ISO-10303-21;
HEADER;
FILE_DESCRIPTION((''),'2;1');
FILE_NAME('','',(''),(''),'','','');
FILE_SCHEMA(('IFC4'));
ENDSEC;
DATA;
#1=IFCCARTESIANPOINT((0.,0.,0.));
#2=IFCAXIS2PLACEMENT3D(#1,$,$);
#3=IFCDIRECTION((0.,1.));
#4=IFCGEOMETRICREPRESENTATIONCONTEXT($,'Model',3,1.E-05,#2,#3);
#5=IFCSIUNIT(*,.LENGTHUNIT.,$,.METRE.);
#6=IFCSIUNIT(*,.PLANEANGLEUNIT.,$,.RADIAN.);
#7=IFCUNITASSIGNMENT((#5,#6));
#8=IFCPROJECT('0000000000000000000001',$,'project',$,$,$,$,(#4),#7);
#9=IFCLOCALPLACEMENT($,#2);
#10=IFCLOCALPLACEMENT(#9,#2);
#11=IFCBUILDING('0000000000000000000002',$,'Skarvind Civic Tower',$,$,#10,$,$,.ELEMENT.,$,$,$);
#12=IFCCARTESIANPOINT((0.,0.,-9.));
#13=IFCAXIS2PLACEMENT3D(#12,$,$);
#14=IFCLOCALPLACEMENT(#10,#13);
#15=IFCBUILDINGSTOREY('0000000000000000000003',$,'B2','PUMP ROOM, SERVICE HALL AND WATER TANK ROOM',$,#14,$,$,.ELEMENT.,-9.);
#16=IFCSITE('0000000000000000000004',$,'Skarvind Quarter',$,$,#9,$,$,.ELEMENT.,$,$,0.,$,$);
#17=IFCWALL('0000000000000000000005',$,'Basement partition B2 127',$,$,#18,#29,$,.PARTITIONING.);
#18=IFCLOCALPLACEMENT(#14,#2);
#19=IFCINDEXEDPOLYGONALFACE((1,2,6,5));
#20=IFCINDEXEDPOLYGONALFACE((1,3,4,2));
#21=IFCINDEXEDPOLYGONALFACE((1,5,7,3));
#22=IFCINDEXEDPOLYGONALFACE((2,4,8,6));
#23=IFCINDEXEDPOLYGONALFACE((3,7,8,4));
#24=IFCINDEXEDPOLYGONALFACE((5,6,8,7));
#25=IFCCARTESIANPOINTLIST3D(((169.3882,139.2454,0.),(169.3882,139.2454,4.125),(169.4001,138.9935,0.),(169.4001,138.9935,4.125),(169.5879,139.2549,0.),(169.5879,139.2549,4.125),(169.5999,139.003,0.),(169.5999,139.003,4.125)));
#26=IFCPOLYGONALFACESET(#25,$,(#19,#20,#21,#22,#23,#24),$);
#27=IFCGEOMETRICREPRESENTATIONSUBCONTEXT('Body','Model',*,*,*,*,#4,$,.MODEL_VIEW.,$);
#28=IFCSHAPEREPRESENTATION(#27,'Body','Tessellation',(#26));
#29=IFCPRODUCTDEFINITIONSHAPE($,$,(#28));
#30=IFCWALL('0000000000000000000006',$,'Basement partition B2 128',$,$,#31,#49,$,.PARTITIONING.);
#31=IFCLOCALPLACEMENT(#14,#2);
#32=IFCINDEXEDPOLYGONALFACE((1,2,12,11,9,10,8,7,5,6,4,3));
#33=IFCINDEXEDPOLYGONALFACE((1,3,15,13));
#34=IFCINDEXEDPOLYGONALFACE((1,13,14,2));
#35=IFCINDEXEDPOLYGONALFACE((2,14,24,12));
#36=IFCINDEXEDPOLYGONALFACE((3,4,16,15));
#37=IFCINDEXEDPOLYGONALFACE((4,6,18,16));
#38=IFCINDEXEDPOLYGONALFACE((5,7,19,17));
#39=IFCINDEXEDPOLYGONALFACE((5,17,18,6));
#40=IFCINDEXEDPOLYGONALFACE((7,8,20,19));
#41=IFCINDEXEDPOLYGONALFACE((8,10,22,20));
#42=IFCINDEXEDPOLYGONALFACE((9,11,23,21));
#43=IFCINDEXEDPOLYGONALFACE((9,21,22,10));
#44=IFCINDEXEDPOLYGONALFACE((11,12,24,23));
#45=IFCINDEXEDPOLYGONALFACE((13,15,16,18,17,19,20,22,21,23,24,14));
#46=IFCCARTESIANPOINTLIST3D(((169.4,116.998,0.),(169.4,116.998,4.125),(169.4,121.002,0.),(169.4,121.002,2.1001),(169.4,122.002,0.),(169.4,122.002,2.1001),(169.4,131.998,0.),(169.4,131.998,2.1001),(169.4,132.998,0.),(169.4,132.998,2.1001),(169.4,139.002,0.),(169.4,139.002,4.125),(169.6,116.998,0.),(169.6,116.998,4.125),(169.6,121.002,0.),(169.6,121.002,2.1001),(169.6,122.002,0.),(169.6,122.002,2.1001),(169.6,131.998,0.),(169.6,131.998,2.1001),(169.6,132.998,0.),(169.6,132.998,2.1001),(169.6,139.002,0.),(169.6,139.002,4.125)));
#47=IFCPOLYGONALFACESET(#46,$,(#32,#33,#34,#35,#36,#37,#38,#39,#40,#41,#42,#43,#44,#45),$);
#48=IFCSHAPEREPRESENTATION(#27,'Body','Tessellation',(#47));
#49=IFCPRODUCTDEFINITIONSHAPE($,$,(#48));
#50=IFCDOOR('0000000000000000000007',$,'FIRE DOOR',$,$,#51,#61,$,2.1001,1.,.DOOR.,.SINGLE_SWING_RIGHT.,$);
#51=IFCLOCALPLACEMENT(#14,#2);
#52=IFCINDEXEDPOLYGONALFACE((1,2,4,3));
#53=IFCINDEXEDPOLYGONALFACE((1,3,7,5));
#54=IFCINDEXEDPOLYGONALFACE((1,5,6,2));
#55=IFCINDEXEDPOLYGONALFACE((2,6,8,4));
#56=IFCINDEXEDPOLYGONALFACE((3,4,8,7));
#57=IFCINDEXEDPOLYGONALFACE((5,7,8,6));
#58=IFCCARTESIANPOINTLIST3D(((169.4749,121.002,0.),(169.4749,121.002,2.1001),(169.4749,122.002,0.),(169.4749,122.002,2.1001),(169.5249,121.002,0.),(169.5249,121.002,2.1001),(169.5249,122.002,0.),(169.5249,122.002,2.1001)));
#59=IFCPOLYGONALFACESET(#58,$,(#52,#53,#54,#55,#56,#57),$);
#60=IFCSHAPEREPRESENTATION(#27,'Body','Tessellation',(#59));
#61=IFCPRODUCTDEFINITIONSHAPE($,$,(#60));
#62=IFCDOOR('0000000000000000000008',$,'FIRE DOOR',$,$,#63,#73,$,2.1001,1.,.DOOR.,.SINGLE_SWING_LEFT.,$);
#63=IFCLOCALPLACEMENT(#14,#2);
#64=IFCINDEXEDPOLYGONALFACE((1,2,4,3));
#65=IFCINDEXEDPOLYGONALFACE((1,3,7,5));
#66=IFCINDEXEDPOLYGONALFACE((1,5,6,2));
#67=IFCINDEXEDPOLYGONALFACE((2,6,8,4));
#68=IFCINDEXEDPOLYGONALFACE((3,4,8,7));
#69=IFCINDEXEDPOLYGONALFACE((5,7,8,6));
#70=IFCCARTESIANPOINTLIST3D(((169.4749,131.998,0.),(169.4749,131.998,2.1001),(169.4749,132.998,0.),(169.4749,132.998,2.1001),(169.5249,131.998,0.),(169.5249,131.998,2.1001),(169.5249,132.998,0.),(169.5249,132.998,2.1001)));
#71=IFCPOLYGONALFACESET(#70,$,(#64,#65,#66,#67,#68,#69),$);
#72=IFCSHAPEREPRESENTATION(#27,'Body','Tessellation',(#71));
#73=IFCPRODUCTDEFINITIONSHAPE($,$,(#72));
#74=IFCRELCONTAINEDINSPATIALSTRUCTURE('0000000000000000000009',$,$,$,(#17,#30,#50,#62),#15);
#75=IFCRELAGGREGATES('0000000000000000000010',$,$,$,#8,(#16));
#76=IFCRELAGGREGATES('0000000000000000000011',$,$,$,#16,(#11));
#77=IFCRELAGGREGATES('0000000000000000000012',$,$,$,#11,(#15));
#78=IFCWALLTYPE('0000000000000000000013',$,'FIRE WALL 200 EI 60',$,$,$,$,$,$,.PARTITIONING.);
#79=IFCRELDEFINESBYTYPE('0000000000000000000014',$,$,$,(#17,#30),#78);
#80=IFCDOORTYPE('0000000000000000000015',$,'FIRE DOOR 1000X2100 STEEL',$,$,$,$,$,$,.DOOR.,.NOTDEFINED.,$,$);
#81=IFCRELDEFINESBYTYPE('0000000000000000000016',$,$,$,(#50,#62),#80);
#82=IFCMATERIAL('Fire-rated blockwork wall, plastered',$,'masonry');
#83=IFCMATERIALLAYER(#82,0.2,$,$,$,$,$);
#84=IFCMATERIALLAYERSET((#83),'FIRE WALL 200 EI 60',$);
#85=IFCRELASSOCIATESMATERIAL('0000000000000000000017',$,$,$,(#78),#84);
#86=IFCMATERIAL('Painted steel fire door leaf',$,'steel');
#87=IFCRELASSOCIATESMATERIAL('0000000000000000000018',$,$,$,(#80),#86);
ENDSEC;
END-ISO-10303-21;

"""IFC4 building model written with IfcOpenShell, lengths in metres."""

from ifc_helpers import new_model, si_unit, direction, frame, frame_2d, origin, place, context, subcontext, project, spatial, rectangle, extrude, material, layer, layer_set, type_object, element, fill, save


model = new_model("IFC4")

# Units and contexts
model_context = context("Model", 3, precision=1e-05, world=origin(), true_north=direction((0.0, 1.0)))
body_context = subcontext(model_context, "Body", "Model", "MODEL_VIEW")
ifc_project = project(units=[si_unit("LENGTHUNIT", "METRE"), si_unit("PLANEANGLEUNIT", "RADIAN")], contexts=[model_context])

# Site, building, storey
site_placement = place(None, origin())
site = spatial("IfcSite", under=ifc_project, at=site_placement, Name="Skarvind Quarter", CompositionType="ELEMENT", RefElevation=0.0)
building_placement = place(site_placement, origin())
building = spatial("IfcBuilding", under=site, at=building_placement, Name="Skarvind Civic Tower", CompositionType="ELEMENT")
storey_placement = place(building_placement, frame((0.0, 0.0, -9.0)))
storey = spatial("IfcBuildingStorey", under=building, at=storey_placement, Name="B2", Description="PUMP ROOM, SERVICE HALL AND WATER TANK ROOM", CompositionType="ELEMENT", Elevation=-9.0)

# Wall
ifc_material_1 = material(Name="Fire-rated blockwork wall, plastered", Category="masonry")
ifc_layer_1 = layer(ifc_material_1, 0.2)
ifc_layer_set_1 = layer_set([ifc_layer_1], Name="FIRE WALL 200 EI 60")
wall_type_1 = type_object("IfcWallType", Name="FIRE WALL 200 EI 60", PredefinedType="PARTITIONING", material=ifc_layer_set_1)
wall_1_placement = place(storey_placement, frame((169.488, 139.25, 0.0), z_axis=(0.0, 0.0, 1.0), x_axis=(0.047427, -0.998875, 0.0)))
element("IfcWall", 1, at=wall_1_placement, inside=storey, type_object=wall_type_1, Name="Basement partition B2 127", PredefinedType="PARTITIONING", context=body_context, shape_type="SweptSolid", body=[
    extrude(rectangle(XDim=0.2522, YDim=0.2, at=frame_2d((0.126, 0.0))), origin(), (0.0, 0.0, 1.0), 4.125),
])

# Wall, openings, doors
wall_2_placement = place(storey_placement, frame((169.5, 139.002, 0.0), z_axis=(0.0, 0.0, 1.0), x_axis=(0.0, -1.0, 0.0)))
wall_2 = element("IfcWall", 2, at=wall_2_placement, inside=storey, type_object=wall_type_1, Name="Basement partition B2 128", PredefinedType="PARTITIONING", context=body_context, shape_type="SweptSolid", body=[
    extrude(rectangle(XDim=22.0039, YDim=0.2, at=frame_2d((11.002, 0.0))), origin(), (0.0, 0.0, 1.0), 4.125),
])
opening_1_placement = place(wall_2_placement, frame((17.0, 0.0, 0.0)))
opening_1 = element("IfcOpeningElement", 3, at=opening_1_placement, cuts=wall_2, PredefinedType="OPENING", context=body_context, shape_type="SweptSolid", body=[
    extrude(rectangle(XDim=1.0, YDim=2.1001, at=frame_2d((0.5, 1.05))), frame((0.0, 0.1099, 0.0), z_axis=(0.0, -1.0, 0.0), x_axis=(1.0, 0.0, 0.0)), (0.0, 0.0, 1.0), 0.22),
])
opening_2_placement = place(wall_2_placement, frame((6.0039, 0.0, 0.0)))
opening_2 = element("IfcOpeningElement", 4, at=opening_2_placement, cuts=wall_2, PredefinedType="OPENING", context=body_context, shape_type="SweptSolid", body=[
    extrude(rectangle(XDim=1.0, YDim=2.1001, at=frame_2d((0.5, 1.05))), frame((0.0, 0.1099, 0.0), z_axis=(0.0, -1.0, 0.0), x_axis=(1.0, 0.0, 0.0)), (0.0, 0.0, 1.0), 0.22),
])
ifc_material_2 = material(Name="Painted steel fire door leaf", Category="steel")
door_type_1 = type_object("IfcDoorType", Name="FIRE DOOR 1000X2100 STEEL", OperationType="NOTDEFINED", PredefinedType="DOOR", material=ifc_material_2)
door_1_placement = place(opening_1_placement, origin())
door_1 = element("IfcDoor", 5, at=door_1_placement, inside=storey, type_object=door_type_1, Name="FIRE DOOR", OperationType="SINGLE_SWING_RIGHT", OverallHeight=2.1001, OverallWidth=1.0, PredefinedType="DOOR", context=body_context, shape_type="SweptSolid", body=[
    extrude(rectangle(XDim=1.0, YDim=2.1001, at=frame_2d((0.5, 1.05))), frame((0.0, 0.0249, 0.0), z_axis=(0.0, -1.0, 0.0), x_axis=(1.0, 0.0, 0.0)), (0.0, 0.0, 1.0), 0.05),
])
fill(opening_1, door_1)
door_2_placement = place(opening_2_placement, origin())
door_2 = element("IfcDoor", 6, at=door_2_placement, inside=storey, type_object=door_type_1, Name="FIRE DOOR", OperationType="SINGLE_SWING_LEFT", OverallHeight=2.1001, OverallWidth=1.0, PredefinedType="DOOR", context=body_context, shape_type="SweptSolid", body=[
    extrude(rectangle(XDim=1.0, YDim=2.1001, at=frame_2d((0.5, 1.05))), frame((0.0, 0.0249, 0.0), z_axis=(0.0, -1.0, 0.0), x_axis=(1.0, 0.0, 0.0)), (0.0, 0.0, 1.0), 0.05),
])
fill(opening_2, door_2)

save(model, "model.ifc")
